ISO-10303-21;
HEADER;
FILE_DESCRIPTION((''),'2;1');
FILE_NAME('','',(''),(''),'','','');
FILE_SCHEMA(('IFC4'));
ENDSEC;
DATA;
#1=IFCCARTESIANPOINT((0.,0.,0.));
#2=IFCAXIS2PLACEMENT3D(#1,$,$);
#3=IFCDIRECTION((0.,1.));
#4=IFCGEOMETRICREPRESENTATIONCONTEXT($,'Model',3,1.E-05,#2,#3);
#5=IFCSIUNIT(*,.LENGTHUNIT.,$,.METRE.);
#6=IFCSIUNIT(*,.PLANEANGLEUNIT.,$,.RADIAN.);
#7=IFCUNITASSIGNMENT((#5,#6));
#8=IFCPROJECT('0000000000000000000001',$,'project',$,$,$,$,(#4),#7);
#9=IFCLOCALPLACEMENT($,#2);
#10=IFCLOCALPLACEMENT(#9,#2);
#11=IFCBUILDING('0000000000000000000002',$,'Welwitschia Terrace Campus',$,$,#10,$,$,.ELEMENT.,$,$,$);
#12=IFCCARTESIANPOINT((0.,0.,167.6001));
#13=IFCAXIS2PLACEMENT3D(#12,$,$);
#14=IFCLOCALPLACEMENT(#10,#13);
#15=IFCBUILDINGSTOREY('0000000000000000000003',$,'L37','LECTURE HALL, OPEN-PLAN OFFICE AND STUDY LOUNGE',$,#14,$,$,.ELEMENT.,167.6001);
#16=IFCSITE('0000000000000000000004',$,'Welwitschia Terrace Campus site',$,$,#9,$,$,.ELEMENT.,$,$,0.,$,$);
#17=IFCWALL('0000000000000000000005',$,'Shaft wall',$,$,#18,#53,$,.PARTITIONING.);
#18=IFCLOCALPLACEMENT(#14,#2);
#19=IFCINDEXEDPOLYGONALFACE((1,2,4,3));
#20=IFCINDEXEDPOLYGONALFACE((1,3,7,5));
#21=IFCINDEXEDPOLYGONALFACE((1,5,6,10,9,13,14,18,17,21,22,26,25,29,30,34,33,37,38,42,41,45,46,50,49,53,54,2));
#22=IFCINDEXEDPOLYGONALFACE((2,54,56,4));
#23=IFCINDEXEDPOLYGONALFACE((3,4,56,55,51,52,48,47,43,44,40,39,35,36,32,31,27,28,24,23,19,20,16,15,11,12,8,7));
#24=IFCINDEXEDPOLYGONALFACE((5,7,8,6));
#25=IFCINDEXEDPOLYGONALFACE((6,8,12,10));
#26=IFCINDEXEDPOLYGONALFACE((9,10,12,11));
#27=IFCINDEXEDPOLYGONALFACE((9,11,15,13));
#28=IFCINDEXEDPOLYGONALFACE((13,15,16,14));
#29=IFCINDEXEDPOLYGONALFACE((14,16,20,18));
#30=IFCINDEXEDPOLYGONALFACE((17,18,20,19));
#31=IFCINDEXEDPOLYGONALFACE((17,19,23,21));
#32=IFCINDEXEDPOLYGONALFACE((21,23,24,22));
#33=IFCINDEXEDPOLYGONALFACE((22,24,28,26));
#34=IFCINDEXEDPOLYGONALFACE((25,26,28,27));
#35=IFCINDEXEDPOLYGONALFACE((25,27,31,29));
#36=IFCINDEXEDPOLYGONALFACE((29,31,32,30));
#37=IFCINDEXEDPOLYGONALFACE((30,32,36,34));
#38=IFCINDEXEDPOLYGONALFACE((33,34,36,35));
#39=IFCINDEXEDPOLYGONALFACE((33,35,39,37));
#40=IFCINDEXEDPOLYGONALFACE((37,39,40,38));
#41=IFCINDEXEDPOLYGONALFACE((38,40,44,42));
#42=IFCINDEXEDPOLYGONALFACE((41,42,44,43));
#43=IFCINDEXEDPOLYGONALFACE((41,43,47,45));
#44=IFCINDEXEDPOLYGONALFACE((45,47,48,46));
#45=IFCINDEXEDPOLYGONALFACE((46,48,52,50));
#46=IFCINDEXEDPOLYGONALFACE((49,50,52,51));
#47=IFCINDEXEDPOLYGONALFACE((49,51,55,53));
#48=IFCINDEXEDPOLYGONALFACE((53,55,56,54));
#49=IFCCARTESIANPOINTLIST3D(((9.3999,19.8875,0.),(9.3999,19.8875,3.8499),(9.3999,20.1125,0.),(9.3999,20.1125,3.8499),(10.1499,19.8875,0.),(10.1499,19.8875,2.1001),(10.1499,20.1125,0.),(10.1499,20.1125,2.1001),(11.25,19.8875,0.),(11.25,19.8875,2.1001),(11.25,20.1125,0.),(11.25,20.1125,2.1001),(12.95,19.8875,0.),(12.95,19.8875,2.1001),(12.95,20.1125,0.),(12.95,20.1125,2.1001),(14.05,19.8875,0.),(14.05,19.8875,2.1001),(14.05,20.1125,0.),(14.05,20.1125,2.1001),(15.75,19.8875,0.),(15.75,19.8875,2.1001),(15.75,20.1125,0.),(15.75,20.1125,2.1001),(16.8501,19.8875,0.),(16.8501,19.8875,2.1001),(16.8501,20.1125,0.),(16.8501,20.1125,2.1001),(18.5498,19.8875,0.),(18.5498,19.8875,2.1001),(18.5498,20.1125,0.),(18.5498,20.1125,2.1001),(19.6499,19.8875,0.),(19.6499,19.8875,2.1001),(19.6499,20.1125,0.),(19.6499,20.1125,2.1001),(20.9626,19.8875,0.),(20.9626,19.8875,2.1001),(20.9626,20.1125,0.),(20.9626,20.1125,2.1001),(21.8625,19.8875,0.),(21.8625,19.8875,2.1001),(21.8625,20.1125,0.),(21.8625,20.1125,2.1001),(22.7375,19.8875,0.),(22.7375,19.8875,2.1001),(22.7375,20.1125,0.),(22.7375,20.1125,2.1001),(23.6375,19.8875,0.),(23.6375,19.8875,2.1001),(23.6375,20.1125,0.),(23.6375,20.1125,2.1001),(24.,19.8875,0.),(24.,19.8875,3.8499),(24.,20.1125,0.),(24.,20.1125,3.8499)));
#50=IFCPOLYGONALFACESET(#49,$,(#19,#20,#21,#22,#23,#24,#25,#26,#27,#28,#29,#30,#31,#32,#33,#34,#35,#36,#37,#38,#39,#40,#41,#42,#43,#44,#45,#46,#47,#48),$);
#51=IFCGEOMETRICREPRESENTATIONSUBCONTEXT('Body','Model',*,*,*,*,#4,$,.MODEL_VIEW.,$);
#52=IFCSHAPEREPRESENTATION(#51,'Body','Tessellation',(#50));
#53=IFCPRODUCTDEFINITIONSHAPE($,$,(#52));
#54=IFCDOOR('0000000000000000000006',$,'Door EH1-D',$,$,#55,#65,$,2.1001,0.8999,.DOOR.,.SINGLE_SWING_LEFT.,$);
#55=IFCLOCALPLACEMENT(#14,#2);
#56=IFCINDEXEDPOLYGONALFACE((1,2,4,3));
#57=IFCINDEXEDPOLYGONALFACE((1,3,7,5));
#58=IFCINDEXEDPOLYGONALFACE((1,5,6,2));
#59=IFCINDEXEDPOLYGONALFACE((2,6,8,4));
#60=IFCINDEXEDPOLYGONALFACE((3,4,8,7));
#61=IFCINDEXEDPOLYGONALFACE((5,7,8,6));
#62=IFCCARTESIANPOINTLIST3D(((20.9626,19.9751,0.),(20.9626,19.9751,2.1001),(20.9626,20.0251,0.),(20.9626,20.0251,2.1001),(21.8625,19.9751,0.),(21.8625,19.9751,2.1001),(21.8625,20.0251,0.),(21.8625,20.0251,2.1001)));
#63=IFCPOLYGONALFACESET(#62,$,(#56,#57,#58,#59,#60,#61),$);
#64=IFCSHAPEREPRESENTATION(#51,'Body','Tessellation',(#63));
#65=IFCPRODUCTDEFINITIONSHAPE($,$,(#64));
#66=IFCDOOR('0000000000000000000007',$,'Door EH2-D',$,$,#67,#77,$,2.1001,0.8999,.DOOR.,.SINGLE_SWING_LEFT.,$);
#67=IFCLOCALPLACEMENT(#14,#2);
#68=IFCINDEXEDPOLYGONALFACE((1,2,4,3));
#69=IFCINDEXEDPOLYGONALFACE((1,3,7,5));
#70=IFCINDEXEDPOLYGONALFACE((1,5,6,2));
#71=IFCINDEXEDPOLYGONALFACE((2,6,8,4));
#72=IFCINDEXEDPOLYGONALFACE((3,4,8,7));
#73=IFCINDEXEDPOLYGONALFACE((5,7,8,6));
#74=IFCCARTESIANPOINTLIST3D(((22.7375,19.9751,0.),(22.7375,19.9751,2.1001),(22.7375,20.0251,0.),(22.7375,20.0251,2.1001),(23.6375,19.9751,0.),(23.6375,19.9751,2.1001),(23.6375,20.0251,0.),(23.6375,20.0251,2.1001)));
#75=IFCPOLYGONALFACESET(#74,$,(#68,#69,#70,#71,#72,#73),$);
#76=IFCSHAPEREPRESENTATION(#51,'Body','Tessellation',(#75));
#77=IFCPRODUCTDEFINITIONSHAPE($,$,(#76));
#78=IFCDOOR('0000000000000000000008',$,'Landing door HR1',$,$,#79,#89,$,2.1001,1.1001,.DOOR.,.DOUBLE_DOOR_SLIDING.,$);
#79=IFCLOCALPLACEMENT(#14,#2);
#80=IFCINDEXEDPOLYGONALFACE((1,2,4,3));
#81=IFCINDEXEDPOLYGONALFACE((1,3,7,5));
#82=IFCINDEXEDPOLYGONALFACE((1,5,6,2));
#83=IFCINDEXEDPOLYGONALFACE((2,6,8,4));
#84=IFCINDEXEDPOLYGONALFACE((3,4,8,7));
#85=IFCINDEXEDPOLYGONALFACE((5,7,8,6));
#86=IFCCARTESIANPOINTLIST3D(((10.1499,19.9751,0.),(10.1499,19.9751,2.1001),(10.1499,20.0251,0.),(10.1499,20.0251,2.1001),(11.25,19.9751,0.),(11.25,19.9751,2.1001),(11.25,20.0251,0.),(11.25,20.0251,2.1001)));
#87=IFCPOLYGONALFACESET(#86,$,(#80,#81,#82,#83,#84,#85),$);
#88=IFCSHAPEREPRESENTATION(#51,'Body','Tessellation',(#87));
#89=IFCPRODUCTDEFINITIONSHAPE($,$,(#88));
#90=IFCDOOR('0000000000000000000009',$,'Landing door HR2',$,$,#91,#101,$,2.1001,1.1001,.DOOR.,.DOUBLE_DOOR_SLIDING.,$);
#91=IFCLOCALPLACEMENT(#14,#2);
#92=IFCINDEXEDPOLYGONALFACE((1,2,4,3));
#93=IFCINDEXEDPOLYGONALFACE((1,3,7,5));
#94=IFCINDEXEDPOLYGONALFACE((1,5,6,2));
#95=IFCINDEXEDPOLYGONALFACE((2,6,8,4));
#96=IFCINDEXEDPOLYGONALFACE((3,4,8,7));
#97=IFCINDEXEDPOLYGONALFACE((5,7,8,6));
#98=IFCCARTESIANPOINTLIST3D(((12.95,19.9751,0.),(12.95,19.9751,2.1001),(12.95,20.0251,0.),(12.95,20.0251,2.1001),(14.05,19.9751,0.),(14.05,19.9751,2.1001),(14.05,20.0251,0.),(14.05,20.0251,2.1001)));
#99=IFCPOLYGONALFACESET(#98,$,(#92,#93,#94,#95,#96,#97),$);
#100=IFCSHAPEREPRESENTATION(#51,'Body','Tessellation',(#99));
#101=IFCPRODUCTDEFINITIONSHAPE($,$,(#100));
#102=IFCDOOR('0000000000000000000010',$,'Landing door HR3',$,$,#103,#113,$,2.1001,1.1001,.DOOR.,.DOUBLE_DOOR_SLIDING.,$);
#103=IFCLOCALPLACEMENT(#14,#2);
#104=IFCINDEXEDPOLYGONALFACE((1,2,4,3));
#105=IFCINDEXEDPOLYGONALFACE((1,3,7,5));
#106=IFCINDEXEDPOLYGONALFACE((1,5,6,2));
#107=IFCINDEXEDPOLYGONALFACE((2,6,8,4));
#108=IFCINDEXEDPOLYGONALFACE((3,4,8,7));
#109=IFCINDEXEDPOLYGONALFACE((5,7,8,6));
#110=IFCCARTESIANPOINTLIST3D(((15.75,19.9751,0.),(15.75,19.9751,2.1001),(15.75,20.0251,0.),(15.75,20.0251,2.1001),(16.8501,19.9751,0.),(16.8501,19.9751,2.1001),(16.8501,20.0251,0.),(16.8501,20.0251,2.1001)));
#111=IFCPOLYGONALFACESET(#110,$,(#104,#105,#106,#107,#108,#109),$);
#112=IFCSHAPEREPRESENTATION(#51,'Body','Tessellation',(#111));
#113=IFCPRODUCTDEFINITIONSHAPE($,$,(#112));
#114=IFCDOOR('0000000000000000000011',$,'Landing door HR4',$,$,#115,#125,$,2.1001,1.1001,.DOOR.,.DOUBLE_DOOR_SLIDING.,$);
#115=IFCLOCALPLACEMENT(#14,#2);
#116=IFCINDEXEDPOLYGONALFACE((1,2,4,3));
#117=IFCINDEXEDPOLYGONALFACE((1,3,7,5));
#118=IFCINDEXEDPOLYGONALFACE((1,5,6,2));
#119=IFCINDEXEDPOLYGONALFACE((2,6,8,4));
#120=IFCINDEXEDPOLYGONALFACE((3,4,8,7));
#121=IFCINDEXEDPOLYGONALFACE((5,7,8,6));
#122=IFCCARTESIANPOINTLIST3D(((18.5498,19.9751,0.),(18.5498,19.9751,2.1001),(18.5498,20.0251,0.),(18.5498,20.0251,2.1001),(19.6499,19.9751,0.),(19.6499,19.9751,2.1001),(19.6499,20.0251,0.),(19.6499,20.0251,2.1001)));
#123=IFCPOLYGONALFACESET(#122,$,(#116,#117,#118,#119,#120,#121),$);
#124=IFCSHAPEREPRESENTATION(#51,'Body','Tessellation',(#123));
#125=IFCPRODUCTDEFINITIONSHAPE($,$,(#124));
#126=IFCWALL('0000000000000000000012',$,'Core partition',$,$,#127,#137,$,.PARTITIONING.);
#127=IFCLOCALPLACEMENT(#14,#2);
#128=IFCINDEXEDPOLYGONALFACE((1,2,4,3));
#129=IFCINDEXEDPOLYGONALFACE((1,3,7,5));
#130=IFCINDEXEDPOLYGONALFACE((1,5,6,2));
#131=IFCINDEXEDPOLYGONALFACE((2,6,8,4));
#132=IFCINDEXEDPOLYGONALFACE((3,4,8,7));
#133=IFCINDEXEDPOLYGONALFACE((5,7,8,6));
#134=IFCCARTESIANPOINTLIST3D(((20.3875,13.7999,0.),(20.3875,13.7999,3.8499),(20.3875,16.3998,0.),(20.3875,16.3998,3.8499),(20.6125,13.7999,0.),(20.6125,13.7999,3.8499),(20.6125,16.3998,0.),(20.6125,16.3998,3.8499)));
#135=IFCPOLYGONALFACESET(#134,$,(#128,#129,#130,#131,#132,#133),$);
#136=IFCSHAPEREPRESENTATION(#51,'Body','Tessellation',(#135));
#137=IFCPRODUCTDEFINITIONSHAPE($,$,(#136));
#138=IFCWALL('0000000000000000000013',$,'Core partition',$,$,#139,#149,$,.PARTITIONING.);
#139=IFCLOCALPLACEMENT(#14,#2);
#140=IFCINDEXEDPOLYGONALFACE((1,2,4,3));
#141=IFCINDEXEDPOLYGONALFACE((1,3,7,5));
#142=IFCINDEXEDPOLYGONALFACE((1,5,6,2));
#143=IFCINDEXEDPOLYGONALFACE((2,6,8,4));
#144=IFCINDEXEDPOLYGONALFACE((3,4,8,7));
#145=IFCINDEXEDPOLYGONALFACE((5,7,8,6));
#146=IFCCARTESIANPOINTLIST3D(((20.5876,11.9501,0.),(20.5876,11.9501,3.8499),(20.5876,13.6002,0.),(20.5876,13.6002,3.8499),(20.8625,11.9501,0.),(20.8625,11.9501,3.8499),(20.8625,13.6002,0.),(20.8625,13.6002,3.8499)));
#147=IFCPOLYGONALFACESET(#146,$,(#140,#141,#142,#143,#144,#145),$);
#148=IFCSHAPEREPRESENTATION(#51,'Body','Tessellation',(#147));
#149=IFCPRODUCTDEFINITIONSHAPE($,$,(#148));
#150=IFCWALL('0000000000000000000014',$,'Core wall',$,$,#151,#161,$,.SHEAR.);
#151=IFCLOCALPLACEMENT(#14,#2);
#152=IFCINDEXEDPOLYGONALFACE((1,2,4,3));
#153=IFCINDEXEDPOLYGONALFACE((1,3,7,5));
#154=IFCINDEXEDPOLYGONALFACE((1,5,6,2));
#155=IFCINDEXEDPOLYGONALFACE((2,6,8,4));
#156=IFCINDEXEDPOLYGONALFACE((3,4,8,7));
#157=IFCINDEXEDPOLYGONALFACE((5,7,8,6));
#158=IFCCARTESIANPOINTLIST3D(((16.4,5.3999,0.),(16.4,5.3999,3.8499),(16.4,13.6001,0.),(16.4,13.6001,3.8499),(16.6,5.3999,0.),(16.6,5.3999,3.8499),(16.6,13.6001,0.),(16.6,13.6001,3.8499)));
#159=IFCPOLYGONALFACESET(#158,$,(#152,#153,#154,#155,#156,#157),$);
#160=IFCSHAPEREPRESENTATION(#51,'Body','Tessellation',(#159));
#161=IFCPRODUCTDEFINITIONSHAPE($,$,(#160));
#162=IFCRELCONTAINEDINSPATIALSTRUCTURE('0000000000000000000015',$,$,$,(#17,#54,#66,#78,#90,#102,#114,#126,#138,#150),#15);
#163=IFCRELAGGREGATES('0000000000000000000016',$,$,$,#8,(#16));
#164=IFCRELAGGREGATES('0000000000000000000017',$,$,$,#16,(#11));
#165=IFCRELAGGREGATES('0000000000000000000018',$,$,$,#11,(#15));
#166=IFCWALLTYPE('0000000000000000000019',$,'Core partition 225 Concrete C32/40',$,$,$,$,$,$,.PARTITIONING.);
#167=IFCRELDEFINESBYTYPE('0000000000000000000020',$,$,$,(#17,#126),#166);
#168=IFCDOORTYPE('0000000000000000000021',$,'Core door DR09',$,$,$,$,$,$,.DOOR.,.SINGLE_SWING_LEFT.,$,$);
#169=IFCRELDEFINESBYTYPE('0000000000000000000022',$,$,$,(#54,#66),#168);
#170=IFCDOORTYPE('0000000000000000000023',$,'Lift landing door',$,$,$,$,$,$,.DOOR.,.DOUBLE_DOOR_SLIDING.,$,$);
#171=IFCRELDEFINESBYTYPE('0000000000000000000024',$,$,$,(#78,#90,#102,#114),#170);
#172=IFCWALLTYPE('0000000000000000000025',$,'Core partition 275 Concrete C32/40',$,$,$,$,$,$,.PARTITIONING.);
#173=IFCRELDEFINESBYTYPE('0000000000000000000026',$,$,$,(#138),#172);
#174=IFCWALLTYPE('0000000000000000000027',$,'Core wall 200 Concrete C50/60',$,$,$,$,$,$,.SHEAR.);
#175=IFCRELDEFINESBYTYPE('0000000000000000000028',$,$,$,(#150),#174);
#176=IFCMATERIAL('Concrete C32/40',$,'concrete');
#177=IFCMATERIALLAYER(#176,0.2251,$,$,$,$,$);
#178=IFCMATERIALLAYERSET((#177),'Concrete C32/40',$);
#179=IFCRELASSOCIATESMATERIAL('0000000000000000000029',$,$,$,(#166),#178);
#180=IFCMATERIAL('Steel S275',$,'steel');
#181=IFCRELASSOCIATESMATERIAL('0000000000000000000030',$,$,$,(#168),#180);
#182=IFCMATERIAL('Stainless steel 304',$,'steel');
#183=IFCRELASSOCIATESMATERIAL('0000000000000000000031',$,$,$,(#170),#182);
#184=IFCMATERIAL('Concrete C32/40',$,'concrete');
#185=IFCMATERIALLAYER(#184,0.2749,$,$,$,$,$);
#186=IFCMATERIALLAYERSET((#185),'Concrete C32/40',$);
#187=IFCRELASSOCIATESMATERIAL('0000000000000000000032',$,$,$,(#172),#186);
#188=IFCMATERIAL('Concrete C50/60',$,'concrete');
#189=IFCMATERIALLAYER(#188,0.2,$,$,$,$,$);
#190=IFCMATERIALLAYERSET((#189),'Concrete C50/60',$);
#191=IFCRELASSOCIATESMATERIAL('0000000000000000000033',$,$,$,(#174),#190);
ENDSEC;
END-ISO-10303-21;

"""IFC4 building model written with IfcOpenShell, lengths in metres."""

from ifc_helpers import new_model, si_unit, direction, frame, frame_2d, origin, place, context, subcontext, project, spatial, rectangle, extrude, material, layer, layer_set, type_object, element, fill, save


model = new_model("IFC4")

# Units and contexts
model_context = context("Model", 3, precision=1e-05, world=origin(), true_north=direction((0.0, 1.0)))
body_context = subcontext(model_context, "Body", "Model", "MODEL_VIEW")
ifc_project = project(units=[si_unit("LENGTHUNIT", "METRE"), si_unit("PLANEANGLEUNIT", "RADIAN")], contexts=[model_context])

# Site, building, storey
site_placement = place(None, origin())
site = spatial("IfcSite", under=ifc_project, at=site_placement, Name="Welwitschia Terrace Campus site", CompositionType="ELEMENT", RefElevation=0.0)
building_placement = place(site_placement, origin())
building = spatial("IfcBuilding", under=site, at=building_placement, Name="Welwitschia Terrace Campus", CompositionType="ELEMENT")
storey_placement = place(building_placement, frame((0.0, 0.0, 167.6001)))
storey = spatial("IfcBuildingStorey", under=building, at=storey_placement, Name="L37", Description="LECTURE HALL, OPEN-PLAN OFFICE AND STUDY LOUNGE", CompositionType="ELEMENT", Elevation=167.6001)

# Shared definitions
ifc_material_1 = material(Name="Concrete C32/40", Category="concrete")
ifc_layer_1 = layer(ifc_material_1, 0.2251)
ifc_layer_set_1 = layer_set([ifc_layer_1], Name="Concrete C32/40")
wall_type_1 = type_object("IfcWallType", Name="Core partition 225 Concrete C32/40", PredefinedType="PARTITIONING", material=ifc_layer_set_1)

# Wall, openings, doors
wall_1_placement = place(storey_placement, frame((24.0, 20.0, 0.0), z_axis=(0.0, 0.0, 1.0), x_axis=(-1.0, 0.0, 0.0)))
wall_1 = element("IfcWall", 1, at=wall_1_placement, inside=storey, type_object=wall_type_1, Name="Shaft wall", PredefinedType="PARTITIONING", context=body_context, shape_type="SweptSolid", body=[
    extrude(rectangle(XDim=14.6001, YDim=0.2251, at=frame_2d((7.3, 0.0))), origin(), (0.0, 0.0, 1.0), 3.8499),
])
opening_1_placement = place(wall_1_placement, frame((12.75, 0.0, 0.0)))
opening_1 = element("IfcOpeningElement", 2, at=opening_1_placement, cuts=wall_1, PredefinedType="OPENING", context=body_context, shape_type="SweptSolid", body=[
    extrude(rectangle(XDim=1.1001, YDim=2.1001, at=frame_2d((0.55, 1.05))), frame((0.0, 0.1226, 0.0), z_axis=(0.0, -1.0, 0.0), x_axis=(1.0, 0.0, 0.0)), (0.0, 0.0, 1.0), 0.2451),
])
opening_2_placement = place(wall_1_placement, frame((9.95, 0.0, 0.0)))
opening_2 = element("IfcOpeningElement", 3, at=opening_2_placement, cuts=wall_1, PredefinedType="OPENING", context=body_context, shape_type="SweptSolid", body=[
    extrude(rectangle(XDim=1.1001, YDim=2.1001, at=frame_2d((0.55, 1.05))), frame((0.0, 0.1226, 0.0), z_axis=(0.0, -1.0, 0.0), x_axis=(1.0, 0.0, 0.0)), (0.0, 0.0, 1.0), 0.2451),
])
opening_3_placement = place(wall_1_placement, frame((7.1499, 0.0, 0.0)))
opening_3 = element("IfcOpeningElement", 4, at=opening_3_placement, cuts=wall_1, PredefinedType="OPENING", context=body_context, shape_type="SweptSolid", body=[
    extrude(rectangle(XDim=1.1001, YDim=2.1001, at=frame_2d((0.55, 1.05))), frame((0.0, 0.1226, 0.0), z_axis=(0.0, -1.0, 0.0), x_axis=(1.0, 0.0, 0.0)), (0.0, 0.0, 1.0), 0.2451),
])
opening_4_placement = place(wall_1_placement, frame((4.3501, 0.0, 0.0)))
opening_4 = element("IfcOpeningElement", 5, at=opening_4_placement, cuts=wall_1, PredefinedType="OPENING", context=body_context, shape_type="SweptSolid", body=[
    extrude(rectangle(XDim=1.1001, YDim=2.1001, at=frame_2d((0.55, 1.05))), frame((0.0, 0.1226, 0.0), z_axis=(0.0, -1.0, 0.0), x_axis=(1.0, 0.0, 0.0)), (0.0, 0.0, 1.0), 0.2451),
])
opening_5_placement = place(wall_1_placement, frame((2.1375, 0.0, 0.0)))
opening_5 = element("IfcOpeningElement", 6, at=opening_5_placement, cuts=wall_1, PredefinedType="OPENING", context=body_context, shape_type="SweptSolid", body=[
    extrude(rectangle(XDim=0.8999, YDim=2.1001, at=frame_2d((0.45, 1.05))), frame((0.0, 0.1226, 0.0), z_axis=(0.0, -1.0, 0.0), x_axis=(1.0, 0.0, 0.0)), (0.0, 0.0, 1.0), 0.2451),
])
opening_6_placement = place(wall_1_placement, frame((0.3625, 0.0, 0.0)))
opening_6 = element("IfcOpeningElement", 7, at=opening_6_placement, cuts=wall_1, PredefinedType="OPENING", context=body_context, shape_type="SweptSolid", body=[
    extrude(rectangle(XDim=0.8999, YDim=2.1001, at=frame_2d((0.45, 1.05))), frame((0.0, 0.1226, 0.0), z_axis=(0.0, -1.0, 0.0), x_axis=(1.0, 0.0, 0.0)), (0.0, 0.0, 1.0), 0.2451),
])
ifc_material_2 = material(Name="Steel S275", Category="steel")
door_type_1 = type_object("IfcDoorType", Name="Core door DR09", OperationType="SINGLE_SWING_LEFT", PredefinedType="DOOR", material=ifc_material_2)
door_1_placement = place(opening_5_placement, origin())
door_1 = element("IfcDoor", 8, at=door_1_placement, inside=storey, type_object=door_type_1, Name="Door EH1-D", OperationType="SINGLE_SWING_LEFT", OverallHeight=2.1001, OverallWidth=0.8999, PredefinedType="DOOR", context=body_context, shape_type="SweptSolid", body=[
    extrude(rectangle(XDim=0.8999, YDim=2.1001, at=frame_2d((0.45, 1.05))), frame((0.0, 0.0249, 0.0), z_axis=(0.0, -1.0, 0.0), x_axis=(1.0, 0.0, 0.0)), (0.0, 0.0, 1.0), 0.05),
])
fill(opening_5, door_1)
door_2_placement = place(opening_6_placement, origin())
door_2 = element("IfcDoor", 9, at=door_2_placement, inside=storey, type_object=door_type_1, Name="Door EH2-D", OperationType="SINGLE_SWING_LEFT", OverallHeight=2.1001, OverallWidth=0.8999, PredefinedType="DOOR", context=body_context, shape_type="SweptSolid", body=[
    extrude(rectangle(XDim=0.8999, YDim=2.1001, at=frame_2d((0.45, 1.05))), frame((0.0, 0.0249, 0.0), z_axis=(0.0, -1.0, 0.0), x_axis=(1.0, 0.0, 0.0)), (0.0, 0.0, 1.0), 0.05),
])
fill(opening_6, door_2)
ifc_material_3 = material(Name="Stainless steel 304", Category="steel")
door_type_2 = type_object("IfcDoorType", Name="Lift landing door", OperationType="DOUBLE_DOOR_SLIDING", PredefinedType="DOOR", material=ifc_material_3)
door_3_placement = place(opening_1_placement, origin())
door_3 = element("IfcDoor", 10, at=door_3_placement, inside=storey, type_object=door_type_2, Name="Landing door HR1", OperationType="DOUBLE_DOOR_SLIDING", OverallHeight=2.1001, OverallWidth=1.1001, PredefinedType="DOOR", context=body_context, shape_type="SweptSolid", body=[
    extrude(rectangle(XDim=1.1001, YDim=2.1001, at=frame_2d((0.55, 1.05))), frame((0.0, 0.0249, 0.0), z_axis=(0.0, -1.0, 0.0), x_axis=(1.0, 0.0, 0.0)), (0.0, 0.0, 1.0), 0.05),
])
fill(opening_1, door_3)
door_4_placement = place(opening_2_placement, origin())
door_4 = element("IfcDoor", 11, at=door_4_placement, inside=storey, type_object=door_type_2, Name="Landing door HR2", OperationType="DOUBLE_DOOR_SLIDING", OverallHeight=2.1001, OverallWidth=1.1001, PredefinedType="DOOR", context=body_context, shape_type="SweptSolid", body=[
    extrude(rectangle(XDim=1.1001, YDim=2.1001, at=frame_2d((0.55, 1.05))), frame((0.0, 0.0249, 0.0), z_axis=(0.0, -1.0, 0.0), x_axis=(1.0, 0.0, 0.0)), (0.0, 0.0, 1.0), 0.05),
])
fill(opening_2, door_4)
door_5_placement = place(opening_3_placement, origin())
door_5 = element("IfcDoor", 12, at=door_5_placement, inside=storey, type_object=door_type_2, Name="Landing door HR3", OperationType="DOUBLE_DOOR_SLIDING", OverallHeight=2.1001, OverallWidth=1.1001, PredefinedType="DOOR", context=body_context, shape_type="SweptSolid", body=[
    extrude(rectangle(XDim=1.1001, YDim=2.1001, at=frame_2d((0.55, 1.05))), frame((0.0, 0.0249, 0.0), z_axis=(0.0, -1.0, 0.0), x_axis=(1.0, 0.0, 0.0)), (0.0, 0.0, 1.0), 0.05),
])
fill(opening_3, door_5)
door_6_placement = place(opening_4_placement, origin())
door_6 = element("IfcDoor", 13, at=door_6_placement, inside=storey, type_object=door_type_2, Name="Landing door HR4", OperationType="DOUBLE_DOOR_SLIDING", OverallHeight=2.1001, OverallWidth=1.1001, PredefinedType="DOOR", context=body_context, shape_type="SweptSolid", body=[
    extrude(rectangle(XDim=1.1001, YDim=2.1001, at=frame_2d((0.55, 1.05))), frame((0.0, 0.0249, 0.0), z_axis=(0.0, -1.0, 0.0), x_axis=(1.0, 0.0, 0.0)), (0.0, 0.0, 1.0), 0.05),
])
fill(opening_4, door_6)

# Walls
wall_2_placement = place(storey_placement, frame((20.5, 13.8, 0.0), z_axis=(0.0, 0.0, 1.0), x_axis=(0.0, 1.0, 0.0)))
element("IfcWall", 14, at=wall_2_placement, inside=storey, type_object=wall_type_1, Name="Core partition", PredefinedType="PARTITIONING", context=body_context, shape_type="SweptSolid", body=[
    extrude(rectangle(XDim=2.5999, YDim=0.2251, at=frame_2d((1.2998, 0.0))), origin(), (0.0, 0.0, 1.0), 3.8499),
])
ifc_material_4 = material(Name="Concrete C32/40", Category="concrete")
ifc_layer_2 = layer(ifc_material_4, 0.2749)
ifc_layer_set_2 = layer_set([ifc_layer_2], Name="Concrete C32/40")
wall_type_2 = type_object("IfcWallType", Name="Core partition 275 Concrete C32/40", PredefinedType="PARTITIONING", material=ifc_layer_set_2)
wall_3_placement = place(storey_placement, frame((20.7251, 11.95, 0.0), z_axis=(0.0, 0.0, 1.0), x_axis=(0.0, 1.0, 0.0)))
element("IfcWall", 15, at=wall_3_placement, inside=storey, type_object=wall_type_2, Name="Core partition", PredefinedType="PARTITIONING", context=body_context, shape_type="SweptSolid", body=[
    extrude(rectangle(XDim=1.6501, YDim=0.2749, at=frame_2d((0.8252, 0.0))), origin(), (0.0, 0.0, 1.0), 3.8499),
])
ifc_material_5 = material(Name="Concrete C50/60", Category="concrete")
ifc_layer_3 = layer(ifc_material_5, 0.2)
ifc_layer_set_3 = layer_set([ifc_layer_3], Name="Concrete C50/60")
wall_type_3 = type_object("IfcWallType", Name="Core wall 200 Concrete C50/60", PredefinedType="SHEAR", material=ifc_layer_set_3)
wall_4_placement = place(storey_placement, frame((16.5, 5.3999, 0.0), z_axis=(0.0, 0.0, 1.0), x_axis=(0.0, 1.0, 0.0)))
element("IfcWall", 16, at=wall_4_placement, inside=storey, type_object=wall_type_3, Name="Core wall", PredefinedType="SHEAR", context=body_context, shape_type="SweptSolid", body=[
    extrude(rectangle(XDim=8.2002, YDim=0.2, at=frame_2d((4.1001, 0.0))), origin(), (0.0, 0.0, 1.0), 3.8499),
])

save(model, "model.ifc")
